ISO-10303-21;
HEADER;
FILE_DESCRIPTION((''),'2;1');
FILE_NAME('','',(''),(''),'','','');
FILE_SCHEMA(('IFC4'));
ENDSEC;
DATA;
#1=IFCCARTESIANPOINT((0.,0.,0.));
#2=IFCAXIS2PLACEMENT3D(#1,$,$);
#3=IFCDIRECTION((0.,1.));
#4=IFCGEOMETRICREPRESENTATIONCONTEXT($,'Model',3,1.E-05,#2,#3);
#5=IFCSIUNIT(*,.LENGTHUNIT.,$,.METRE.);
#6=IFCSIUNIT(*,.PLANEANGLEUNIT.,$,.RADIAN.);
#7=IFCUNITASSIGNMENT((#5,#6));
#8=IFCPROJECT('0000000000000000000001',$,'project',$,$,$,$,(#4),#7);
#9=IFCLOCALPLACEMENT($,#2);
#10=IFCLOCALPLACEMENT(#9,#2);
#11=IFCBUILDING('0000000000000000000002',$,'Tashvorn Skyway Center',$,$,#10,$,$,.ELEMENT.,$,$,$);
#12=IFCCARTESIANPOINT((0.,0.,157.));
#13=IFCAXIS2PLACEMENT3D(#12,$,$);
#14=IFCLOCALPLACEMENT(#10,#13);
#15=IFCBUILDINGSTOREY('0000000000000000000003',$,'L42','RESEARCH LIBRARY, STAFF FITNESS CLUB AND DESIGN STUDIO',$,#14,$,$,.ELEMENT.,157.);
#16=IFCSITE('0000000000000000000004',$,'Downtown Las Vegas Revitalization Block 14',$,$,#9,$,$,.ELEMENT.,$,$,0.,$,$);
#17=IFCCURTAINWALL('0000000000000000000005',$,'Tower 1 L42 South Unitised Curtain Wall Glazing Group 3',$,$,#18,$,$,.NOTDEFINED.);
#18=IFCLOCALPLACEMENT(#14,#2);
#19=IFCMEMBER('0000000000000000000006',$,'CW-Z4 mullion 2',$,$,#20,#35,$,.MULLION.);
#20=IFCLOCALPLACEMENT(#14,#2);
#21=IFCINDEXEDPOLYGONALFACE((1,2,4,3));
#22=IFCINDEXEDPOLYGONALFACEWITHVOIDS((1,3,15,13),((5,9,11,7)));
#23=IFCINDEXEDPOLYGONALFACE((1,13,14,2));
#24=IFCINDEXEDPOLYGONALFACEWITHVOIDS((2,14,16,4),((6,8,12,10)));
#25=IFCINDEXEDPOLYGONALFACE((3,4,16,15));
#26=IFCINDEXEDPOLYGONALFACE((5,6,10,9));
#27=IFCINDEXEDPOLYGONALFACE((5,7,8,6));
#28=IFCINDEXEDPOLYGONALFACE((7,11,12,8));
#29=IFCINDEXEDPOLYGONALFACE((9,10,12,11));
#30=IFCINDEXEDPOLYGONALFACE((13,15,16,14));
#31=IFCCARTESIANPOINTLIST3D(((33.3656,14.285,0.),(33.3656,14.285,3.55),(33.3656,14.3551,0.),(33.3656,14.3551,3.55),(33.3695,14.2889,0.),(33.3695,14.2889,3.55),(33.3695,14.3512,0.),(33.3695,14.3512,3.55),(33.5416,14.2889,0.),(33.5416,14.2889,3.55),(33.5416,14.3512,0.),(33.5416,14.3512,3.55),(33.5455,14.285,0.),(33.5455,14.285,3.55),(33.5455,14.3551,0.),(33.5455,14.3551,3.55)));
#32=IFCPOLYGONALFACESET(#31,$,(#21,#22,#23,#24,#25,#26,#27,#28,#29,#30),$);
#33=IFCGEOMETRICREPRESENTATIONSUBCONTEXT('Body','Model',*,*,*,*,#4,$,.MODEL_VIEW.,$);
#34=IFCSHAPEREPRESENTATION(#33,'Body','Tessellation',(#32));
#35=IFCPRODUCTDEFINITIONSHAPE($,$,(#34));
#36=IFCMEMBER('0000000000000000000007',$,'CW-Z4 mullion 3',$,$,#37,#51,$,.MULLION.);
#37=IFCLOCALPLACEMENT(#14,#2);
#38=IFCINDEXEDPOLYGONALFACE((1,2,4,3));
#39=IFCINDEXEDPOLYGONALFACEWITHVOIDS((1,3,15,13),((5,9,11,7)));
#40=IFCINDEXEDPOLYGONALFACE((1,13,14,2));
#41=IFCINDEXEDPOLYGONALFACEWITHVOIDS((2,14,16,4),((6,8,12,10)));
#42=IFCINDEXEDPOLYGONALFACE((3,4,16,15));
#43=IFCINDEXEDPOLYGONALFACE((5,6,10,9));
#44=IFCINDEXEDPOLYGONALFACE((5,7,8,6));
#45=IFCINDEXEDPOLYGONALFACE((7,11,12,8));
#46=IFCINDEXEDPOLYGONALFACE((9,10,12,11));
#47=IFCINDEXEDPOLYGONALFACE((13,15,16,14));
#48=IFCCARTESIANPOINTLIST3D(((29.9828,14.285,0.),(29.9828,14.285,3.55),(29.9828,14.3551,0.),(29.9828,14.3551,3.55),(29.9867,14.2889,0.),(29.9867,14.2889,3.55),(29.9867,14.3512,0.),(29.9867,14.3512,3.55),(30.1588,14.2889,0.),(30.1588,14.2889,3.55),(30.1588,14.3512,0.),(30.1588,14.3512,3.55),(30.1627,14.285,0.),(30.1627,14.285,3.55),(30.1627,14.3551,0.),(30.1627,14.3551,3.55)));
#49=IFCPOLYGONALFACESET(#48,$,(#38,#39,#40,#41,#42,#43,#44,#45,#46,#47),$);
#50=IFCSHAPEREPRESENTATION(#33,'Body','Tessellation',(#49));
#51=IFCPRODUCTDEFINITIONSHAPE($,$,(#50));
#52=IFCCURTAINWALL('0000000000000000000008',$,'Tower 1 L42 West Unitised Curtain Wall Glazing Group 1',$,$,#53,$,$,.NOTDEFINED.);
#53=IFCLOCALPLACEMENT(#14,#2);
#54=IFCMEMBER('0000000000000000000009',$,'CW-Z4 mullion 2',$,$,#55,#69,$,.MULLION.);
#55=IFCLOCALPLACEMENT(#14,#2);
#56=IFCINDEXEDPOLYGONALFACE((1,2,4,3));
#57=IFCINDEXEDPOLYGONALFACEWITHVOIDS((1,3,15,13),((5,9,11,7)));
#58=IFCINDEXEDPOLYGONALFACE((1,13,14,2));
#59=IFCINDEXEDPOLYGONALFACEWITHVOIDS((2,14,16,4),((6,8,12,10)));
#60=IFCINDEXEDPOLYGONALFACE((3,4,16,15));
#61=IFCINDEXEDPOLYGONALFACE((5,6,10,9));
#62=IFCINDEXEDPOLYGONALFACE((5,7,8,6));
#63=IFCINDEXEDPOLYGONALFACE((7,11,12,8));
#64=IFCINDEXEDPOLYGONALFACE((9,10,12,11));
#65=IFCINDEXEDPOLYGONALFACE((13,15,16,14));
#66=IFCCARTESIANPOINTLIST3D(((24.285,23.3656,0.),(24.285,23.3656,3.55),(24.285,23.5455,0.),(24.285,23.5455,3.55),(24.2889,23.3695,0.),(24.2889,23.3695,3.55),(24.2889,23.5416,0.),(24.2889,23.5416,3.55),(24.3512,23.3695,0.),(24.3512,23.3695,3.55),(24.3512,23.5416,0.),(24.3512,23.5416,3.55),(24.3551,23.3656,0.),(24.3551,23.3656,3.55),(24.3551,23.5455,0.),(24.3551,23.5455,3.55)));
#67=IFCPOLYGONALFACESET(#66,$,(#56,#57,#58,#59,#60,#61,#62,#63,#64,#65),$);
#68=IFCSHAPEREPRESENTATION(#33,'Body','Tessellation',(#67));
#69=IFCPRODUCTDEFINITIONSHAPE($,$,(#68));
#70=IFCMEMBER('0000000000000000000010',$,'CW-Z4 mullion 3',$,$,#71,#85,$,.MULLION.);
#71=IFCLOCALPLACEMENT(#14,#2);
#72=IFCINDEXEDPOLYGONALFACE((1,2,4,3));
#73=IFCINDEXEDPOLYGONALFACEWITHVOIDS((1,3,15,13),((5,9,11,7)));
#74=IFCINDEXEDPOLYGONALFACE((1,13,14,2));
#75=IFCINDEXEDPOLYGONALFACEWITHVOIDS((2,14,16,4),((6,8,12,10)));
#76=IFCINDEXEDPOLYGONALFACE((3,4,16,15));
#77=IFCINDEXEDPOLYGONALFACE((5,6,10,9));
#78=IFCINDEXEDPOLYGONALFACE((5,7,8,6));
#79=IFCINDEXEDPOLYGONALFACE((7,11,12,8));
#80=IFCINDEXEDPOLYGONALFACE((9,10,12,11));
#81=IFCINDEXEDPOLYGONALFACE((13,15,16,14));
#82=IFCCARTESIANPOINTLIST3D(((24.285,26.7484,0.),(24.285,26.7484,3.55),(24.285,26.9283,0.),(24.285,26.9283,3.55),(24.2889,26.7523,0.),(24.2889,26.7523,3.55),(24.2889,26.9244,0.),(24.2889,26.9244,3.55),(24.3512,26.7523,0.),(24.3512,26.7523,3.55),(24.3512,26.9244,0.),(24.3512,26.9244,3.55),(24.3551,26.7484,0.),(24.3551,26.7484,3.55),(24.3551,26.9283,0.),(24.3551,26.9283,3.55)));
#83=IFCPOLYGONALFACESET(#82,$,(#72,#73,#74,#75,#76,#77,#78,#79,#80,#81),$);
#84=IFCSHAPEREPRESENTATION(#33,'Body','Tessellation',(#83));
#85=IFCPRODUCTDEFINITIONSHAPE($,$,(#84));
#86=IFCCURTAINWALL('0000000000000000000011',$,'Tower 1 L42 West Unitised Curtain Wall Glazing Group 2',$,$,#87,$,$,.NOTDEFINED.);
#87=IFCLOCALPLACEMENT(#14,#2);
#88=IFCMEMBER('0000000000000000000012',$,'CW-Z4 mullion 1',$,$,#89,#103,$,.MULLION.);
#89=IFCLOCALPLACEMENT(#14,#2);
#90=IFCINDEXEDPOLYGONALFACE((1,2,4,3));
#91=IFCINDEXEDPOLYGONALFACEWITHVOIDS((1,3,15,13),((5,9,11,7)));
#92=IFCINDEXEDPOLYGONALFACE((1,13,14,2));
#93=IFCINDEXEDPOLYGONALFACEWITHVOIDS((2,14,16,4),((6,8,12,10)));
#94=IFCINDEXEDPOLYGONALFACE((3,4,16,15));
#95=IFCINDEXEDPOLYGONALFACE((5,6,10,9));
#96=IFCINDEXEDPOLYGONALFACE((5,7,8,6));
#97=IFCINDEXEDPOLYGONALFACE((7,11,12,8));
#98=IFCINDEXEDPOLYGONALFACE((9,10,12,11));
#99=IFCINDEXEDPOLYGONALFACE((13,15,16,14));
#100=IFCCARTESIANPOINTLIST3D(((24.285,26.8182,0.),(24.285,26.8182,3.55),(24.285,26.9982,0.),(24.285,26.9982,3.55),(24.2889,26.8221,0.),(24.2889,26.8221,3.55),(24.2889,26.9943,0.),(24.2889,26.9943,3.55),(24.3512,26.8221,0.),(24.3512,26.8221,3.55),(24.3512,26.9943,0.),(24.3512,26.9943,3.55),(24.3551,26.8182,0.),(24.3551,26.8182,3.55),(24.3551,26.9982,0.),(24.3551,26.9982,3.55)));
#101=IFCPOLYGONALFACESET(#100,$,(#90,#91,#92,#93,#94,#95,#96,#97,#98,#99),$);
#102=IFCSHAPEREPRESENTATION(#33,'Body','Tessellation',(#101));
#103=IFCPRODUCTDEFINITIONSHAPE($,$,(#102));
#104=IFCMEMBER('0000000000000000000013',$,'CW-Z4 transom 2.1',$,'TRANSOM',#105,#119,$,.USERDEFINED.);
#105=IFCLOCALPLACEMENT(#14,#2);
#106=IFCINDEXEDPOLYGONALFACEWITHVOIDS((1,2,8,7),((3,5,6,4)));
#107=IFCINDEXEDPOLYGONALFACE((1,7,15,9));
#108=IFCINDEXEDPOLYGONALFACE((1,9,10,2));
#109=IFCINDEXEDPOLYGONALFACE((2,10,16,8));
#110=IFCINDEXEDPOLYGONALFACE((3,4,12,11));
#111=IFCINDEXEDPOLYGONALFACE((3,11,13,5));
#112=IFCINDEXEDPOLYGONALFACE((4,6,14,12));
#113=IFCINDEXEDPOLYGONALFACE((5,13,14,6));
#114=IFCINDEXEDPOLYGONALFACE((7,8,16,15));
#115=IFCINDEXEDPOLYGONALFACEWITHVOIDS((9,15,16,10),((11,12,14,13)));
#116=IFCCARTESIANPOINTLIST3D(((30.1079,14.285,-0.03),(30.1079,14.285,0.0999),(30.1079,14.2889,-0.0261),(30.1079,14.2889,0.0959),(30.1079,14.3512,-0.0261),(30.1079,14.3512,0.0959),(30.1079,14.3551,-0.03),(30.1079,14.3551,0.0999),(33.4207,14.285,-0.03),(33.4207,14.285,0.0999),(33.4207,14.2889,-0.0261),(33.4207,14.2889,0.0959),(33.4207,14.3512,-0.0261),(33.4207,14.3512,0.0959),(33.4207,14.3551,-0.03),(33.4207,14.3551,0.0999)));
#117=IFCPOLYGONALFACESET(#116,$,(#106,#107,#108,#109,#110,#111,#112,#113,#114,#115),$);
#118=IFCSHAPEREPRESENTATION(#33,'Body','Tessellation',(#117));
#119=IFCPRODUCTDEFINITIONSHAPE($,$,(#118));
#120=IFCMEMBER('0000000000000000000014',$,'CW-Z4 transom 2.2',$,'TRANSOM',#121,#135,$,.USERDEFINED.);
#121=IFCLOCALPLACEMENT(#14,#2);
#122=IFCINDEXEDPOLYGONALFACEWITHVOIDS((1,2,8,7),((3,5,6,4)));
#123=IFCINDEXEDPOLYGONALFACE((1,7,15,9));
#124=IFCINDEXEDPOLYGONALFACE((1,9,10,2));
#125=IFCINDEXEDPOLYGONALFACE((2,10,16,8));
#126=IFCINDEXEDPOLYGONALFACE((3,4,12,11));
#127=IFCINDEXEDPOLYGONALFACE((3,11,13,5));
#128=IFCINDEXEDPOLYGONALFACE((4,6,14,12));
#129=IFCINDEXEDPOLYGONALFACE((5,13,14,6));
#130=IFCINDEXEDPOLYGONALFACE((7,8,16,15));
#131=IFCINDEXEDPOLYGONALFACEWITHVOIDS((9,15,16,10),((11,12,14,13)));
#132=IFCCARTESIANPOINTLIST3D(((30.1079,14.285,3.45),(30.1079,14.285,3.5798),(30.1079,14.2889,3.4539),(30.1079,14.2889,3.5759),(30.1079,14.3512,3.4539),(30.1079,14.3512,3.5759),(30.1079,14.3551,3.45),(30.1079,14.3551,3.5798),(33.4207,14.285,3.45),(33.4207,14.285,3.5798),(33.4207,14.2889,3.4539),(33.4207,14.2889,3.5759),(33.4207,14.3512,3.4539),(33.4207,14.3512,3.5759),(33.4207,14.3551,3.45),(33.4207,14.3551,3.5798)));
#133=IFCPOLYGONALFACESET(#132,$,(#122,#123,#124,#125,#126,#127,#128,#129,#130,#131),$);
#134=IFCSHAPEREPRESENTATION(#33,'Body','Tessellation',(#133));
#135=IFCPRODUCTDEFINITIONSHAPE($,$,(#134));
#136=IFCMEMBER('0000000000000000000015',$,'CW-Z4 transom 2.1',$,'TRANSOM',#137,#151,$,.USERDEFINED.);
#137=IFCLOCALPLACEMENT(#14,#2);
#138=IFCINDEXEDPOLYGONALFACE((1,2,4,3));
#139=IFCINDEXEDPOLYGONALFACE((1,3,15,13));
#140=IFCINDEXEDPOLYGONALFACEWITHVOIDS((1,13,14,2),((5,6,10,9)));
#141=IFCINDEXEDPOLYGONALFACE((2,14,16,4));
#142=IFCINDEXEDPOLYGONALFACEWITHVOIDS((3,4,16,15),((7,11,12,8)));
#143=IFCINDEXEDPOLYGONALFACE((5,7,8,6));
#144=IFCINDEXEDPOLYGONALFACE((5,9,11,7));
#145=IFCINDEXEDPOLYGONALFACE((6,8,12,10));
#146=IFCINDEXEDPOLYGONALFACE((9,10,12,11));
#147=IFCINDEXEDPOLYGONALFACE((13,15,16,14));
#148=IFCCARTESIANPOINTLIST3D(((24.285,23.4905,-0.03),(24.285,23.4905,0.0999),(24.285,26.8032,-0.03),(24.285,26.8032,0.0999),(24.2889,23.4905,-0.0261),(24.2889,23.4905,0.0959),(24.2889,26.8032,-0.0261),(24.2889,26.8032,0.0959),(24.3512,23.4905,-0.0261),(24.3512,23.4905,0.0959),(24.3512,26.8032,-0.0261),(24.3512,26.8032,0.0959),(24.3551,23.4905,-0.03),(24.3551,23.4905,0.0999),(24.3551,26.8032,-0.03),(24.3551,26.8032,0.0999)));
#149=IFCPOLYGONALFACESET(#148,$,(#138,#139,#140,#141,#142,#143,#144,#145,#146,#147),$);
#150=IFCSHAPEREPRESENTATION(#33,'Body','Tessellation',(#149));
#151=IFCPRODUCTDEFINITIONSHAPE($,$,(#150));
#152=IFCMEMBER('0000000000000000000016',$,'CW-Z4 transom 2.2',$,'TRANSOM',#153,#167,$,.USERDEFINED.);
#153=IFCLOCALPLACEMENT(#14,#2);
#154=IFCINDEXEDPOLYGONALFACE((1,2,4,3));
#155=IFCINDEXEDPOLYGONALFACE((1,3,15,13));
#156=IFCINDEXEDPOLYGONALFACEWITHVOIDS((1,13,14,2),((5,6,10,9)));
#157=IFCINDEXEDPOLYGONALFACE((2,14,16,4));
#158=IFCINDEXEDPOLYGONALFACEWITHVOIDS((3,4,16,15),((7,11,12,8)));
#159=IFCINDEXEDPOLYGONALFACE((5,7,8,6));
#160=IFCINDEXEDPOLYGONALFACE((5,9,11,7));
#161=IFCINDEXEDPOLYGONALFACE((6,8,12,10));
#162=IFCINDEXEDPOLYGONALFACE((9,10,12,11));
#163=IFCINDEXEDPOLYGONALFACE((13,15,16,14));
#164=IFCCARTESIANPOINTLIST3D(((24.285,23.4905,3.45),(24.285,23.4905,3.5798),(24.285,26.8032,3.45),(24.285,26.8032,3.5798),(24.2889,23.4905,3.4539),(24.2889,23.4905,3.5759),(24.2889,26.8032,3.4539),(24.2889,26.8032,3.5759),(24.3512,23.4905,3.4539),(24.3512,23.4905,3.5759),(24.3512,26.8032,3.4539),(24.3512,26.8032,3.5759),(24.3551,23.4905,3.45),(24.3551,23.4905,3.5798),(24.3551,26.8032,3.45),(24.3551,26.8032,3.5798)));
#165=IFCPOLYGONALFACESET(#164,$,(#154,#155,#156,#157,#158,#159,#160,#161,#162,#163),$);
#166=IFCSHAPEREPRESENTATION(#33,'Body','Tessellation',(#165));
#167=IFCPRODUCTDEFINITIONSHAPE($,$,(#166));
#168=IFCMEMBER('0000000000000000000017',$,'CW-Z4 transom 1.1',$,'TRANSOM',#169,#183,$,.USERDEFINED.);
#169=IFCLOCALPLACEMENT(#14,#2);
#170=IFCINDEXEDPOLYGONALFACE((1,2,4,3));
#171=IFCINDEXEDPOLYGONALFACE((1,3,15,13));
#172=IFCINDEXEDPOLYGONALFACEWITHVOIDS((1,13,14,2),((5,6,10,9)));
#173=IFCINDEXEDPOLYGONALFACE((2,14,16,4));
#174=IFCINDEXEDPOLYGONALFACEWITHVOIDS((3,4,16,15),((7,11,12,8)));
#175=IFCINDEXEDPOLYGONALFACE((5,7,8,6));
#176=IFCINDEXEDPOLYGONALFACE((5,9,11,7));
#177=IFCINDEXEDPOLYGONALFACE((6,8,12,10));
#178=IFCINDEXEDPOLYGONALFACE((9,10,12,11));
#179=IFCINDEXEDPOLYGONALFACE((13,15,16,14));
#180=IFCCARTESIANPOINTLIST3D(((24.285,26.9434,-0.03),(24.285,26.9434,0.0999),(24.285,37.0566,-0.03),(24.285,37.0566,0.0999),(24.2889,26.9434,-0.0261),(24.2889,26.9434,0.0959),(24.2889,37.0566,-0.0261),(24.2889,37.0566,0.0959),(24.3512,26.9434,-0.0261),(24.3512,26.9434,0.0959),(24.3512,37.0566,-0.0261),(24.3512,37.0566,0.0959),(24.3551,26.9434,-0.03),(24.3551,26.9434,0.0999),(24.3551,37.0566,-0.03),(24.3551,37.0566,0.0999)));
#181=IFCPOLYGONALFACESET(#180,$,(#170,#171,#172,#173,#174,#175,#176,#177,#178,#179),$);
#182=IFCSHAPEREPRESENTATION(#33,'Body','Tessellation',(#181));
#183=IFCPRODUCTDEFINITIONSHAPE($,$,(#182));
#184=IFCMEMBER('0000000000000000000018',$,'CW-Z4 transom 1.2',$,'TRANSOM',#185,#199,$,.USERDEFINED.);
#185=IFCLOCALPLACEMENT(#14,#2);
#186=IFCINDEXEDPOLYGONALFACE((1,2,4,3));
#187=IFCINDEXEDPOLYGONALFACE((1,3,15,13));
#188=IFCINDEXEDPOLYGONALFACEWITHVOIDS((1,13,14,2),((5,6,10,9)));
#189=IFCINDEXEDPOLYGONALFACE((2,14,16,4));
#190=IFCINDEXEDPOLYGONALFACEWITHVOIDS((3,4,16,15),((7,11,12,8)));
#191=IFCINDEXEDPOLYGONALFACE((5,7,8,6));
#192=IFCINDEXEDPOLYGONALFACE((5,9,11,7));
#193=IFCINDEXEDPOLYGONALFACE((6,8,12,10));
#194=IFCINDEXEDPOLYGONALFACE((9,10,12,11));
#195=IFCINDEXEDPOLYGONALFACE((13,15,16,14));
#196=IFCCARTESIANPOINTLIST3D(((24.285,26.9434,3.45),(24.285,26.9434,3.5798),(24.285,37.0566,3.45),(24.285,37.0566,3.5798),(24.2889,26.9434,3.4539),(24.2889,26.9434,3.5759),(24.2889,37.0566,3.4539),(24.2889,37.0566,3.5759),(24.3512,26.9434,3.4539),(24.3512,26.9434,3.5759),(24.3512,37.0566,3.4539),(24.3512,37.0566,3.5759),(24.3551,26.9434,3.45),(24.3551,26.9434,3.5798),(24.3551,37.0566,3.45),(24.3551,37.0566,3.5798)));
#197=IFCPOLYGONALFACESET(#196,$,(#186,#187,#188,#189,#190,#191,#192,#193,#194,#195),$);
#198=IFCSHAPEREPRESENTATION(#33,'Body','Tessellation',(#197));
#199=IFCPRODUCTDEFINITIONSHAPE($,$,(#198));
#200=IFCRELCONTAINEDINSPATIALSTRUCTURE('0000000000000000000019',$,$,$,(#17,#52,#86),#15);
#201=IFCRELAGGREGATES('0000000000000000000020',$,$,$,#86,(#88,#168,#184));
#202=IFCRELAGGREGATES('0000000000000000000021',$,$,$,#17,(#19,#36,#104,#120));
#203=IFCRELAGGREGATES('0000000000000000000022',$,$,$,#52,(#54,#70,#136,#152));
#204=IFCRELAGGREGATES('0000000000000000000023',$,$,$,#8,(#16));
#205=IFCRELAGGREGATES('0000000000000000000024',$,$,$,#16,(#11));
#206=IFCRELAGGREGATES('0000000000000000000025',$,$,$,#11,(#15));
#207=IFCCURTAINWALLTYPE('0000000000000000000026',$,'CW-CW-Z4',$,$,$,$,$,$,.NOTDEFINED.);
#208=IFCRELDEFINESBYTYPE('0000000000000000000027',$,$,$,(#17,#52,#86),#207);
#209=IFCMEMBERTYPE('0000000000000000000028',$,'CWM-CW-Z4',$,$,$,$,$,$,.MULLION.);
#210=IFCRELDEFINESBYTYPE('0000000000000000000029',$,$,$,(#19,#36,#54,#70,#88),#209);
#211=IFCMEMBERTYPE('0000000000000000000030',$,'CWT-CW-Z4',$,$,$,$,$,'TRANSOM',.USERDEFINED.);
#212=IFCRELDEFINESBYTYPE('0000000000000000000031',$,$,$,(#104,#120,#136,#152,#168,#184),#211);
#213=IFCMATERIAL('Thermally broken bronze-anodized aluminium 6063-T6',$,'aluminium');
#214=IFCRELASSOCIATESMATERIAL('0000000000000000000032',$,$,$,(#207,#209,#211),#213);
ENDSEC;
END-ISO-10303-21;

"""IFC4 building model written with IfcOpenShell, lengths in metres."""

from ifc_helpers import new_model, si_unit, direction, frame, origin, origin_2d, place, context, subcontext, project, spatial, hollow_rectangle, extrude, material, material_profile, profile_set, type_object, element, aggregate, save


model = new_model("IFC4")

# Units and contexts
model_context = context("Model", 3, precision=1e-05, world=origin(), true_north=direction((0.0, 1.0)))
body_context = subcontext(model_context, "Body", "Model", "MODEL_VIEW")
ifc_project = project(units=[si_unit("LENGTHUNIT", "METRE"), si_unit("PLANEANGLEUNIT", "RADIAN")], contexts=[model_context])

# Site, building, storey
site_placement = place(None, origin())
site = spatial("IfcSite", under=ifc_project, at=site_placement, Name="Downtown Las Vegas Revitalization Block 14", CompositionType="ELEMENT", RefElevation=0.0)
building_placement = place(site_placement, origin())
building = spatial("IfcBuilding", under=site, at=building_placement, Name="Tashvorn Skyway Center", CompositionType="ELEMENT")
storey_placement = place(building_placement, frame((0.0, 0.0, 157.0)))
storey = spatial("IfcBuildingStorey", under=building, at=storey_placement, Name="L42", Description="RESEARCH LIBRARY, STAFF FITNESS CLUB AND DESIGN STUDIO", CompositionType="ELEMENT", Elevation=157.0)

# Curtain walls, members
ifc_material_1 = material(Name="Thermally broken bronze-anodized aluminium 6063-T6", Category="aluminium")
curtain_wall_type = type_object("IfcCurtainWallType", Name="CW-CW-Z4", PredefinedType="NOTDEFINED", material=ifc_material_1)
curtain_wall_1_placement = place(storey_placement, origin())
curtain_wall_1 = element("IfcCurtainWall", 1, at=curtain_wall_1_placement, inside=storey, type_object=curtain_wall_type, Name="Tower 1 L42 South Unitised Curtain Wall Glazing Group 3", PredefinedType="NOTDEFINED")
ifc_material_profile_1 = material_profile(ifc_material_1, hollow_rectangle(XDim=0.0701, YDim=0.1799, WallThickness=0.0039, at=origin_2d()), Name="ALU-MULL-70x180")
ifc_profile_set_1 = profile_set([ifc_material_profile_1], Name="Thermally broken bronze-anodized aluminium 6063-T6")
member_type_1 = type_object("IfcMemberType", Name="CWM-CW-Z4", PredefinedType="MULLION", material=ifc_profile_set_1)
member_1_placement = place(storey_placement, frame((33.4556, 14.3201, 0.0), z_axis=(0.0, 0.0, 1.0), x_axis=(0.0, -1.0, 0.0)))
member_1 = element("IfcMember", 2, at=member_1_placement, type_object=member_type_1, Name="CW-Z4 mullion 2", PredefinedType="MULLION", context=body_context, shape_type="SweptSolid", body=[
    extrude(hollow_rectangle(XDim=0.0701, YDim=0.1799, WallThickness=0.0039, at=origin_2d()), origin(), (0.0, 0.0, 1.0), 3.55),
])
member_2_placement = place(storey_placement, frame((30.0728, 14.3201, 0.0), z_axis=(0.0, 0.0, 1.0), x_axis=(0.0, -1.0, 0.0)))
member_2 = element("IfcMember", 3, at=member_2_placement, type_object=member_type_1, Name="CW-Z4 mullion 3", PredefinedType="MULLION", context=body_context, shape_type="SweptSolid", body=[
    extrude(hollow_rectangle(XDim=0.0701, YDim=0.1799, WallThickness=0.0039, at=origin_2d()), origin(), (0.0, 0.0, 1.0), 3.55),
])
curtain_wall_2_placement = place(storey_placement, origin())
curtain_wall_2 = element("IfcCurtainWall", 4, at=curtain_wall_2_placement, inside=storey, type_object=curtain_wall_type, Name="Tower 1 L42 West Unitised Curtain Wall Glazing Group 1", PredefinedType="NOTDEFINED")
member_3_placement = place(storey_placement, frame((24.3201, 23.4556, 0.0), z_axis=(0.0, 0.0, 1.0), x_axis=(-1.0, 0.0, 0.0)))
member_3 = element("IfcMember", 5, at=member_3_placement, type_object=member_type_1, Name="CW-Z4 mullion 2", PredefinedType="MULLION", context=body_context, shape_type="SweptSolid", body=[
    extrude(hollow_rectangle(XDim=0.0701, YDim=0.1799, WallThickness=0.0039, at=origin_2d()), origin(), (0.0, 0.0, 1.0), 3.55),
])
member_4_placement = place(storey_placement, frame((24.3201, 26.8384, 0.0), z_axis=(0.0, 0.0, 1.0), x_axis=(-1.0, 0.0, 0.0)))
member_4 = element("IfcMember", 6, at=member_4_placement, type_object=member_type_1, Name="CW-Z4 mullion 3", PredefinedType="MULLION", context=body_context, shape_type="SweptSolid", body=[
    extrude(hollow_rectangle(XDim=0.0701, YDim=0.1799, WallThickness=0.0039, at=origin_2d()), origin(), (0.0, 0.0, 1.0), 3.55),
])

# Curtain wall, member
curtain_wall_3_placement = place(storey_placement, origin())
curtain_wall_3 = element("IfcCurtainWall", 7, at=curtain_wall_3_placement, inside=storey, type_object=curtain_wall_type, Name="Tower 1 L42 West Unitised Curtain Wall Glazing Group 2", PredefinedType="NOTDEFINED")
member_5_placement = place(storey_placement, frame((24.3201, 26.9082, 0.0), z_axis=(0.0, 0.0, 1.0), x_axis=(-1.0, 0.0, 0.0)))
member_5 = element("IfcMember", 8, at=member_5_placement, type_object=member_type_1, Name="CW-Z4 mullion 1", PredefinedType="MULLION", context=body_context, shape_type="SweptSolid", body=[
    extrude(hollow_rectangle(XDim=0.0701, YDim=0.1799, WallThickness=0.0039, at=origin_2d()), origin(), (0.0, 0.0, 1.0), 3.55),
])

# Members
ifc_material_profile_2 = material_profile(ifc_material_1, hollow_rectangle(XDim=0.0701, YDim=0.1299, WallThickness=0.0039, at=origin_2d()), Name="ALU-TRAN-70x130")
ifc_profile_set_2 = profile_set([ifc_material_profile_2], Name="Thermally broken bronze-anodized aluminium 6063-T6")
member_type_2 = type_object("IfcMemberType", Name="CWT-CW-Z4", ElementType="TRANSOM", PredefinedType="USERDEFINED", material=ifc_profile_set_2)
member_6_placement = place(storey_placement, frame((33.4207, 14.3201, 0.0349), z_axis=(-1.0, 0.0, 0.0), x_axis=(0.0, -1.0, 0.0)))
member_6 = element("IfcMember", 9, at=member_6_placement, type_object=member_type_2, Name="CW-Z4 transom 2.1", ObjectType="TRANSOM", PredefinedType="USERDEFINED", context=body_context, shape_type="SweptSolid", body=[
    extrude(hollow_rectangle(XDim=0.0701, YDim=0.1299, WallThickness=0.0039, at=origin_2d()), origin(), (0.0, 0.0, 1.0), 3.3127),
])
member_7_placement = place(storey_placement, frame((33.4207, 14.3201, 3.5149), z_axis=(-1.0, 0.0, 0.0), x_axis=(0.0, -1.0, 0.0)))
member_7 = element("IfcMember", 10, at=member_7_placement, type_object=member_type_2, Name="CW-Z4 transom 2.2", ObjectType="TRANSOM", PredefinedType="USERDEFINED", context=body_context, shape_type="SweptSolid", body=[
    extrude(hollow_rectangle(XDim=0.0701, YDim=0.1299, WallThickness=0.0039, at=origin_2d()), origin(), (0.0, 0.0, 1.0), 3.3127),
])
member_8_placement = place(storey_placement, frame((24.3201, 23.4905, 0.0349), z_axis=(0.0, 1.0, 0.0), x_axis=(-1.0, 0.0, 0.0)))
member_8 = element("IfcMember", 11, at=member_8_placement, type_object=member_type_2, Name="CW-Z4 transom 2.1", ObjectType="TRANSOM", PredefinedType="USERDEFINED", context=body_context, shape_type="SweptSolid", body=[
    extrude(hollow_rectangle(XDim=0.0701, YDim=0.1299, WallThickness=0.0039, at=origin_2d()), origin(), (0.0, 0.0, 1.0), 3.3127),
])
member_9_placement = place(storey_placement, frame((24.3201, 23.4905, 3.5149), z_axis=(0.0, 1.0, 0.0), x_axis=(-1.0, 0.0, 0.0)))
member_9 = element("IfcMember", 12, at=member_9_placement, type_object=member_type_2, Name="CW-Z4 transom 2.2", ObjectType="TRANSOM", PredefinedType="USERDEFINED", context=body_context, shape_type="SweptSolid", body=[
    extrude(hollow_rectangle(XDim=0.0701, YDim=0.1299, WallThickness=0.0039, at=origin_2d()), origin(), (0.0, 0.0, 1.0), 3.3127),
])
member_10_placement = place(storey_placement, frame((24.3201, 26.9434, 0.0349), z_axis=(0.0, 1.0, 0.0), x_axis=(-1.0, 0.0, 0.0)))
member_10 = element("IfcMember", 13, at=member_10_placement, type_object=member_type_2, Name="CW-Z4 transom 1.1", ObjectType="TRANSOM", PredefinedType="USERDEFINED", context=body_context, shape_type="SweptSolid", body=[
    extrude(hollow_rectangle(XDim=0.0701, YDim=0.1299, WallThickness=0.0039, at=origin_2d()), origin(), (0.0, 0.0, 1.0), 10.1133),
])
member_11_placement = place(storey_placement, frame((24.3201, 26.9434, 3.5149), z_axis=(0.0, 1.0, 0.0), x_axis=(-1.0, 0.0, 0.0)))
member_11 = element("IfcMember", 14, at=member_11_placement, type_object=member_type_2, Name="CW-Z4 transom 1.2", ObjectType="TRANSOM", PredefinedType="USERDEFINED", context=body_context, shape_type="SweptSolid", body=[
    extrude(hollow_rectangle(XDim=0.0701, YDim=0.1299, WallThickness=0.0039, at=origin_2d()), origin(), (0.0, 0.0, 1.0), 10.1133),
])
aggregate(curtain_wall_3, [member_5, member_10, member_11])

aggregate(curtain_wall_1, [member_1, member_2, member_6, member_7])
aggregate(curtain_wall_2, [member_3, member_4, member_8, member_9])

save(model, "model.ifc")
